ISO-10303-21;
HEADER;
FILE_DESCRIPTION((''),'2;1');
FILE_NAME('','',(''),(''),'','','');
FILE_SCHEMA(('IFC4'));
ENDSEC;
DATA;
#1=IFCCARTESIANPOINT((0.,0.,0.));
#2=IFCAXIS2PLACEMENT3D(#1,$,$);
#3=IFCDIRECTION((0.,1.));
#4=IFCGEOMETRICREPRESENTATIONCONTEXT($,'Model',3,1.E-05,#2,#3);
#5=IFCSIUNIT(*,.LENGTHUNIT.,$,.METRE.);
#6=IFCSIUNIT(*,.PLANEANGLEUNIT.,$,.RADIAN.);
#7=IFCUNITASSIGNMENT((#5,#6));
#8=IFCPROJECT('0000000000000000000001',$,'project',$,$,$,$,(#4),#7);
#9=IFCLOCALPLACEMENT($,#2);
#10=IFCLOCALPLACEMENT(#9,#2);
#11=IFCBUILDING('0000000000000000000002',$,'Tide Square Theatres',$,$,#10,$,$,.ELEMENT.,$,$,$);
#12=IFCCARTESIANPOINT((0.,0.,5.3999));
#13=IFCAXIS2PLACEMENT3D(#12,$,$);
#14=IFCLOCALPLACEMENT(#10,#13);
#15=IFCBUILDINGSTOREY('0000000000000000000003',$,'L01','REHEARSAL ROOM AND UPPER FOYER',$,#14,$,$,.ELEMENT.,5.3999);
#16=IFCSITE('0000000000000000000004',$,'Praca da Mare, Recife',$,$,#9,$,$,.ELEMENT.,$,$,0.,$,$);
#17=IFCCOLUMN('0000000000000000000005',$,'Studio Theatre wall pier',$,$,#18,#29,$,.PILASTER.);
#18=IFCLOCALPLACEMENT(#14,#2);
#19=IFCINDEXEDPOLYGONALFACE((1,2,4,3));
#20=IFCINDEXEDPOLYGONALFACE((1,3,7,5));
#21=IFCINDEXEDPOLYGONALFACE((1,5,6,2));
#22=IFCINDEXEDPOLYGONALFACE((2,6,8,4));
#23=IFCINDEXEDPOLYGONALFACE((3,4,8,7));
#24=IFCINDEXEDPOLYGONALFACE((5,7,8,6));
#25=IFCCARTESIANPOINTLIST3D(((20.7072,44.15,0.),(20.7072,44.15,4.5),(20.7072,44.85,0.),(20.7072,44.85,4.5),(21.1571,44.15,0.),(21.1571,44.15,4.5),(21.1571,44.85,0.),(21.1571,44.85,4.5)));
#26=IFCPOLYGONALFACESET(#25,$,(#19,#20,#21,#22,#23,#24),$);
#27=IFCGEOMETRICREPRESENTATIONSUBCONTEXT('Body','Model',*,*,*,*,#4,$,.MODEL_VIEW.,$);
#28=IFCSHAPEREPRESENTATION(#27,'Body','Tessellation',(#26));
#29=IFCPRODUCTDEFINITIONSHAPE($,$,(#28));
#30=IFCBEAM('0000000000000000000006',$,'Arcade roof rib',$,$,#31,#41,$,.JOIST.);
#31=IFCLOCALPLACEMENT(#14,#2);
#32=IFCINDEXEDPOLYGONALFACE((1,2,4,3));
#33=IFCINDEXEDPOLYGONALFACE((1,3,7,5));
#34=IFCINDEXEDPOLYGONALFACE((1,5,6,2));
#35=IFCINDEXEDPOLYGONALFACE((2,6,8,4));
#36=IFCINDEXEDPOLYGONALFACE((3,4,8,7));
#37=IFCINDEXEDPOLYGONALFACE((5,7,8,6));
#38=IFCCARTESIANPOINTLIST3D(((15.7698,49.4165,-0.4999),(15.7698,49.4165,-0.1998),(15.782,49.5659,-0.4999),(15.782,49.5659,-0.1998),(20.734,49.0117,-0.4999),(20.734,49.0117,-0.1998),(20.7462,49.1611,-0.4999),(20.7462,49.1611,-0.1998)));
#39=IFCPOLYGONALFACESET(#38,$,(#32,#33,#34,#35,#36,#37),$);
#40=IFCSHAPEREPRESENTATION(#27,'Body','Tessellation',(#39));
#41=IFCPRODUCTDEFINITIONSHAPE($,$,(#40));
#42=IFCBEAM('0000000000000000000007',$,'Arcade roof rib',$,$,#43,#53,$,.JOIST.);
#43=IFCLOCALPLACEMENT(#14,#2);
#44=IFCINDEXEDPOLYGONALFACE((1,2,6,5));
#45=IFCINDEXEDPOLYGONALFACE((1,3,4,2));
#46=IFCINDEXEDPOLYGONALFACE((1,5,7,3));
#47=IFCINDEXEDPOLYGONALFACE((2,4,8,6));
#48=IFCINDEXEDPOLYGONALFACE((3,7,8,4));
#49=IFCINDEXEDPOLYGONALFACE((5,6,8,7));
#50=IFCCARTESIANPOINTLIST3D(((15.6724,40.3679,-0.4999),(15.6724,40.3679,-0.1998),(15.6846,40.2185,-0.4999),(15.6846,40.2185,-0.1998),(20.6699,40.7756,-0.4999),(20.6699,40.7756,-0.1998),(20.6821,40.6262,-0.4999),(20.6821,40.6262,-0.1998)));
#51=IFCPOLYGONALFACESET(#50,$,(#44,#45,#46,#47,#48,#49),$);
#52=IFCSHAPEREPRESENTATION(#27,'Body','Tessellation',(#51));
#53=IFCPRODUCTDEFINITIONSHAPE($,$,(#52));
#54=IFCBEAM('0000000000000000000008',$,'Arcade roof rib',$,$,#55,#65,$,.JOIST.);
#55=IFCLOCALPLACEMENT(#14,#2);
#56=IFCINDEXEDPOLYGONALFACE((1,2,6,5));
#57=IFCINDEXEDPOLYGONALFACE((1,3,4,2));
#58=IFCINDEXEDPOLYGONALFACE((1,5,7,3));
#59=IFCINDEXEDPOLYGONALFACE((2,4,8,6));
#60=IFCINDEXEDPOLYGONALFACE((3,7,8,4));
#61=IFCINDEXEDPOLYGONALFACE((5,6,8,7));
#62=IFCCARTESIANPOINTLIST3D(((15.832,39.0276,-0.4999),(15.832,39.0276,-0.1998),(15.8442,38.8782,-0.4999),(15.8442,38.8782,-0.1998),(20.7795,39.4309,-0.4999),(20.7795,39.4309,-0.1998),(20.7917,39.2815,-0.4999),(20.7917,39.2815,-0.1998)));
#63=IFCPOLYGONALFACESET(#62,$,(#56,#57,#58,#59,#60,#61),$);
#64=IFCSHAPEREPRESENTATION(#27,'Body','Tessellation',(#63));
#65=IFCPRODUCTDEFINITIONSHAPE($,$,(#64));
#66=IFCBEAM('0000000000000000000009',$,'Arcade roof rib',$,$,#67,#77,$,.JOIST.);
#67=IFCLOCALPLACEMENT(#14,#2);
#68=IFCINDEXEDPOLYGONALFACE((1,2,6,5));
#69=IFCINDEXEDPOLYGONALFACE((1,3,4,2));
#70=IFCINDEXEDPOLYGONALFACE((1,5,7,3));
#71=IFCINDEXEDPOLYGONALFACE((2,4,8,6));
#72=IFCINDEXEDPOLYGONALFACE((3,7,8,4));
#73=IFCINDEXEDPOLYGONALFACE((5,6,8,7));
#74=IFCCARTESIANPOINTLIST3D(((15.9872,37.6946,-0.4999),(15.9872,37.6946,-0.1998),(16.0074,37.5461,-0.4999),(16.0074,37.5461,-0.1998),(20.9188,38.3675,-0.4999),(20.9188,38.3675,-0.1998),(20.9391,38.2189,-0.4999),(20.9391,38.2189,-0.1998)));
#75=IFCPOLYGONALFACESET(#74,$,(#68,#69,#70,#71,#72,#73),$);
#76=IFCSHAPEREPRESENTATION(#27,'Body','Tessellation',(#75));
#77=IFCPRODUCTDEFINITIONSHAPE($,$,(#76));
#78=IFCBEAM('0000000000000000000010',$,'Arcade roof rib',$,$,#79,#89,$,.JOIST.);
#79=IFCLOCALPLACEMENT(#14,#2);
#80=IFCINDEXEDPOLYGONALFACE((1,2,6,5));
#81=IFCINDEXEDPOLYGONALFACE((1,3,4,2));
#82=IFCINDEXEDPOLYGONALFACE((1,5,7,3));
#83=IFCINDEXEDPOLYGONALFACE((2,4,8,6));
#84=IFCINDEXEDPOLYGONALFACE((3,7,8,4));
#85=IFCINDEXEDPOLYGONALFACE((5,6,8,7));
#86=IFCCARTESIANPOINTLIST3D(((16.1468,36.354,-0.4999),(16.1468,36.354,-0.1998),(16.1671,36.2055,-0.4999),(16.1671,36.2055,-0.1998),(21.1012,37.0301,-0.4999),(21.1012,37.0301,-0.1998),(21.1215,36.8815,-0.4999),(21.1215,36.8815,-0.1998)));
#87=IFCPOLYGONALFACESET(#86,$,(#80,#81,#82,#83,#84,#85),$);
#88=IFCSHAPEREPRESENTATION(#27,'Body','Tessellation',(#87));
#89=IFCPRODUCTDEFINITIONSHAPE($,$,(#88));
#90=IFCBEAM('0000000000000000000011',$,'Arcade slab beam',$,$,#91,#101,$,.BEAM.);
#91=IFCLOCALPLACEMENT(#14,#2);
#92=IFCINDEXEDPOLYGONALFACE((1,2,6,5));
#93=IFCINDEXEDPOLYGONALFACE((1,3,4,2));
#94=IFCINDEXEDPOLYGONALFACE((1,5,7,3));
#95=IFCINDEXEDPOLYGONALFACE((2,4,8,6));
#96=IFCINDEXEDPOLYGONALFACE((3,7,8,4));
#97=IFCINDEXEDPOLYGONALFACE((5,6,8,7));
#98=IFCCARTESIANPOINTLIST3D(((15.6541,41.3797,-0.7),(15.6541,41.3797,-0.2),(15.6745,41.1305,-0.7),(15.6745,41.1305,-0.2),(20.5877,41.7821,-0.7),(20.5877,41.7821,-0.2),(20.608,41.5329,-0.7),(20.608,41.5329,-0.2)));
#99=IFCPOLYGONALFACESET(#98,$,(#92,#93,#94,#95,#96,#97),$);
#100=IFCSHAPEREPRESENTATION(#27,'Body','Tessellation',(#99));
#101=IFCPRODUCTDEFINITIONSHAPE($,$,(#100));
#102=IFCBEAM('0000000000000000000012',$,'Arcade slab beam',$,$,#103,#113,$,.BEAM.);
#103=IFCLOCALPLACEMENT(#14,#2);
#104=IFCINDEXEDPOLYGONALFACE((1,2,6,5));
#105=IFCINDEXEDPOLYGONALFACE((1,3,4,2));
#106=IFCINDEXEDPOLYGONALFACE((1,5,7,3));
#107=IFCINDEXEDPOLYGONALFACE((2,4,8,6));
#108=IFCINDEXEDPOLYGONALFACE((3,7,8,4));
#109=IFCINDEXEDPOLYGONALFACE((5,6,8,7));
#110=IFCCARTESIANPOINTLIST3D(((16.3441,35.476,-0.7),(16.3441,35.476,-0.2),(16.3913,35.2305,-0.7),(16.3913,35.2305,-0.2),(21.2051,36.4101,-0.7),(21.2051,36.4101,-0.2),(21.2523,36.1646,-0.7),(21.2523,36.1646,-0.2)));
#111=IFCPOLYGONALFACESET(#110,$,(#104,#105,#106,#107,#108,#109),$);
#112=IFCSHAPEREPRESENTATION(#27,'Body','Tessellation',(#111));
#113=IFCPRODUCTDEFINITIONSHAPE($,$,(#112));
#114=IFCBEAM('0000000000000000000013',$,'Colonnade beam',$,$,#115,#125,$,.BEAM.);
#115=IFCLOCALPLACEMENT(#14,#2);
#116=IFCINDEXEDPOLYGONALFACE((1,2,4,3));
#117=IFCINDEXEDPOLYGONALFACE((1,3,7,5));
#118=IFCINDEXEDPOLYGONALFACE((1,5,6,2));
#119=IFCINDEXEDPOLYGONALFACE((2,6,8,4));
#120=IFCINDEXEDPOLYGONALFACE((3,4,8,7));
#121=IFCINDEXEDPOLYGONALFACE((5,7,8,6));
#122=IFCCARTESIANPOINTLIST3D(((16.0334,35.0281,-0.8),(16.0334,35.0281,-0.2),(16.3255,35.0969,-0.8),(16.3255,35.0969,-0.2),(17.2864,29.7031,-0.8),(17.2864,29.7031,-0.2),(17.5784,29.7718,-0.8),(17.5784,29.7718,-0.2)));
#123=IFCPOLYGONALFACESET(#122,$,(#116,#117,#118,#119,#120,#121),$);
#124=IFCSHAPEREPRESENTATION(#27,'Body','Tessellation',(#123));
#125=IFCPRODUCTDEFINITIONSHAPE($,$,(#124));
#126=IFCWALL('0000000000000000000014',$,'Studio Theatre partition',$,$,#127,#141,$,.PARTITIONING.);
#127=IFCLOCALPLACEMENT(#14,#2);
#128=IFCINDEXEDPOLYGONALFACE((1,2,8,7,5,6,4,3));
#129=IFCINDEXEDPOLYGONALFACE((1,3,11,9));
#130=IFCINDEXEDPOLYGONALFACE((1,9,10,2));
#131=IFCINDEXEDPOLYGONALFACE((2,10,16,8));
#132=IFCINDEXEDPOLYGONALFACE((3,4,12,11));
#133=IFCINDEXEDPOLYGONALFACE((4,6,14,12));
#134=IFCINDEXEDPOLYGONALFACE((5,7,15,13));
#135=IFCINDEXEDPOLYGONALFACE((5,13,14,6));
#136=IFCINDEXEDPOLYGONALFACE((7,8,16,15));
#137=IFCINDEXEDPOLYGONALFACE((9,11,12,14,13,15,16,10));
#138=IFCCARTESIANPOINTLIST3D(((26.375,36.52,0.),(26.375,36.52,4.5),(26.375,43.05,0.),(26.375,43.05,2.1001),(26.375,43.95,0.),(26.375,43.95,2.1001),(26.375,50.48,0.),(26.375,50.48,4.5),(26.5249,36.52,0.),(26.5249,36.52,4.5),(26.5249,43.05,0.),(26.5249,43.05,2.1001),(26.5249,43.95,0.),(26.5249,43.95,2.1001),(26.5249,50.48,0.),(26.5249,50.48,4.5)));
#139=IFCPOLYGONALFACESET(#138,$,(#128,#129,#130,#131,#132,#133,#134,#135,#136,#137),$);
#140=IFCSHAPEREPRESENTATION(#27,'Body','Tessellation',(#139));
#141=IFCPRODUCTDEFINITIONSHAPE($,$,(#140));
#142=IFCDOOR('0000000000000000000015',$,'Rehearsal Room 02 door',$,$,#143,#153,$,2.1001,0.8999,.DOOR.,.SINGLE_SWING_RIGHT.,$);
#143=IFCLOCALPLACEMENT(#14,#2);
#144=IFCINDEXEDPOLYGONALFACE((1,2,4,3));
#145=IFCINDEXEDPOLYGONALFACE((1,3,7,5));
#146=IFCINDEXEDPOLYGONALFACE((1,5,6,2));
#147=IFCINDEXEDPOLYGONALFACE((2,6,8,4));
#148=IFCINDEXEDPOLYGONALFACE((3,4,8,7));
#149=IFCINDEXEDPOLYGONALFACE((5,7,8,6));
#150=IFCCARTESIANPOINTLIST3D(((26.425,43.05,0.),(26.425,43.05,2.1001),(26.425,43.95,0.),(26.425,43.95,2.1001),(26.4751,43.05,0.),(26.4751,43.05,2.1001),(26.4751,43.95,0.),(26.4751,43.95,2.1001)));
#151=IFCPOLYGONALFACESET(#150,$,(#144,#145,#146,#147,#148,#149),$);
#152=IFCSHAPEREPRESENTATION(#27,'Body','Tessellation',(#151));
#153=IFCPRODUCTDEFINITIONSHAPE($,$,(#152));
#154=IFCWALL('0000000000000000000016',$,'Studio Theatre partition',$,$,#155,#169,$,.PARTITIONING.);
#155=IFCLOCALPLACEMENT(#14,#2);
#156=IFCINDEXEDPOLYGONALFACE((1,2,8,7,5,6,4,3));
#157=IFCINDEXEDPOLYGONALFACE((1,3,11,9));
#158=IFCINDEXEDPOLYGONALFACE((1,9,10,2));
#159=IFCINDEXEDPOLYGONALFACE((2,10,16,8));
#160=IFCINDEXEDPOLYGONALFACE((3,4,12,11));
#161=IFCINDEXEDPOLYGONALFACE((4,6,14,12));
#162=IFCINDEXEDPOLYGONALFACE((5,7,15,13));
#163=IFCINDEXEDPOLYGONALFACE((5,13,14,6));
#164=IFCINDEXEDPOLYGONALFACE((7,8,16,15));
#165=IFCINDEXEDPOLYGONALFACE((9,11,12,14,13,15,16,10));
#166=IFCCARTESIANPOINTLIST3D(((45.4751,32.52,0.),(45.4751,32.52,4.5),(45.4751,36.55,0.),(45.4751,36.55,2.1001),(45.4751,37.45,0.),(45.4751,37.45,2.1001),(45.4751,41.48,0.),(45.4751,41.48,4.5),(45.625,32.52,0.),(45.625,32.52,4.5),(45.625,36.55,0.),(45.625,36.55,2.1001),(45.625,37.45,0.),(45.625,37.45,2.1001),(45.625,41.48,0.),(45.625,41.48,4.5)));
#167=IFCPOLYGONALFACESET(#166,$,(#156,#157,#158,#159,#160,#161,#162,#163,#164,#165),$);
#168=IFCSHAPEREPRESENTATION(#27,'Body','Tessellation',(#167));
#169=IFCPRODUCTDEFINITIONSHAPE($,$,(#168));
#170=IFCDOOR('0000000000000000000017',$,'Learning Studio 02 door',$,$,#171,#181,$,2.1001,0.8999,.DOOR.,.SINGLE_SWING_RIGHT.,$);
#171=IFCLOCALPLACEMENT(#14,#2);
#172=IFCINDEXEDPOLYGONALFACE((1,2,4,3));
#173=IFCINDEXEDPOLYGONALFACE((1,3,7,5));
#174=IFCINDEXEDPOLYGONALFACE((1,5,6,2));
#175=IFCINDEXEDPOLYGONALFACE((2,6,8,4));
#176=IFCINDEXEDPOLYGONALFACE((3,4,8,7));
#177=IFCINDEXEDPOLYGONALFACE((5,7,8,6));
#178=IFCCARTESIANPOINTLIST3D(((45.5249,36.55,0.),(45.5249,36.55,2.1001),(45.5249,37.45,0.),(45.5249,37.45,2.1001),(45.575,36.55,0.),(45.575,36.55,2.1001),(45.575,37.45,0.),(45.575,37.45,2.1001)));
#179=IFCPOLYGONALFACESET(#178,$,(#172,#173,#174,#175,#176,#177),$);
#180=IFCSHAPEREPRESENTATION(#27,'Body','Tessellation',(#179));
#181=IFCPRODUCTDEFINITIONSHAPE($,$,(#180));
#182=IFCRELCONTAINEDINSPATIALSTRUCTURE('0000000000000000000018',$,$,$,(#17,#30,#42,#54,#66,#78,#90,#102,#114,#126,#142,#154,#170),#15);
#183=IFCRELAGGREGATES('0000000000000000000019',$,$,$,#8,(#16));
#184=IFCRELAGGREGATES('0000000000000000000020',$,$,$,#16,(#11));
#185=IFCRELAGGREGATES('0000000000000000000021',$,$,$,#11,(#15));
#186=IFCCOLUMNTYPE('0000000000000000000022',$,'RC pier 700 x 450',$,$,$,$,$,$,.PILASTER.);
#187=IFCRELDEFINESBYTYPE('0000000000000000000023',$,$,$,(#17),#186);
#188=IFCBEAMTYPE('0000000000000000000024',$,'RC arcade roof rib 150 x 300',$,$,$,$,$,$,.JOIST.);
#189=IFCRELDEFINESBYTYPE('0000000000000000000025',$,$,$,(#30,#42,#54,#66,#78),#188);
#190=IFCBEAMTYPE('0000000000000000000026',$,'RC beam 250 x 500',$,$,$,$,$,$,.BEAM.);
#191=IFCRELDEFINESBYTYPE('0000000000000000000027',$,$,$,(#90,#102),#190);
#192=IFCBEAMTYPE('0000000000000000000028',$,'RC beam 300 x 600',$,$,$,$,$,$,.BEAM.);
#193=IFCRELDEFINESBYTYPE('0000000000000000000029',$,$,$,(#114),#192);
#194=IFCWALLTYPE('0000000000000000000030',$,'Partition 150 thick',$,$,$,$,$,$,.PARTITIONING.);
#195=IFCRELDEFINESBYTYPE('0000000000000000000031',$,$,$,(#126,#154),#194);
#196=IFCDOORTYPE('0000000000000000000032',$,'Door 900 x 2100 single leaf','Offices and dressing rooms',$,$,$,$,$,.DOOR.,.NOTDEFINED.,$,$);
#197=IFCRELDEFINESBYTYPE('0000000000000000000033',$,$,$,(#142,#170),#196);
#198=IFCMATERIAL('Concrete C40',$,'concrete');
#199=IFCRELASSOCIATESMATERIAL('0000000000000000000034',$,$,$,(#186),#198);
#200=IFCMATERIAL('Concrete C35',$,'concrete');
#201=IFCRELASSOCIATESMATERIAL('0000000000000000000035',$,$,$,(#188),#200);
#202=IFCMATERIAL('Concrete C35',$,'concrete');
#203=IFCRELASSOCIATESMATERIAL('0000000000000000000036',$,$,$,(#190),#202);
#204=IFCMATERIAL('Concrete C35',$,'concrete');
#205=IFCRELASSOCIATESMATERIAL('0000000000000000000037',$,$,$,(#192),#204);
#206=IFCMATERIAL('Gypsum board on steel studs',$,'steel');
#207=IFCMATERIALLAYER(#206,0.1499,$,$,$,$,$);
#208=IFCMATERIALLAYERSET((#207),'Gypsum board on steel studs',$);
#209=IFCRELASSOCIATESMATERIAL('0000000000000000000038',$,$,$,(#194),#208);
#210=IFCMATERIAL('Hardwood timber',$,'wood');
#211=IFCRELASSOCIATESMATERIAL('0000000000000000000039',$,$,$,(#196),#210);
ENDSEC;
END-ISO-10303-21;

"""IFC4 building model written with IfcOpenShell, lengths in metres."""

from ifc_helpers import new_model, si_unit, direction, frame, frame_2d, origin, origin_2d, place, context, subcontext, project, spatial, rectangle, extrude, material, layer, layer_set, material_profile, profile_set, type_object, element, fill, save


model = new_model("IFC4")

# Units and contexts
model_context = context("Model", 3, precision=1e-05, world=origin(), true_north=direction((0.0, 1.0)))
body_context = subcontext(model_context, "Body", "Model", "MODEL_VIEW")
ifc_project = project(units=[si_unit("LENGTHUNIT", "METRE"), si_unit("PLANEANGLEUNIT", "RADIAN")], contexts=[model_context])

# Site, building, storey
site_placement = place(None, origin())
site = spatial("IfcSite", under=ifc_project, at=site_placement, Name="Praca da Mare, Recife", CompositionType="ELEMENT", RefElevation=0.0)
building_placement = place(site_placement, origin())
building = spatial("IfcBuilding", under=site, at=building_placement, Name="Tide Square Theatres", CompositionType="ELEMENT")
storey_placement = place(building_placement, frame((0.0, 0.0, 5.3999)))
storey = spatial("IfcBuildingStorey", under=building, at=storey_placement, Name="L01", Description="REHEARSAL ROOM AND UPPER FOYER", CompositionType="ELEMENT", Elevation=5.3999)

# Column
ifc_material_1 = material(Name="Concrete C40", Category="concrete")
ifc_material_profile_1 = material_profile(ifc_material_1, rectangle(XDim=0.7, YDim=0.45, at=origin_2d()))
ifc_profile_set_1 = profile_set([ifc_material_profile_1], Name="Concrete C40")
column_type = type_object("IfcColumnType", Name="RC pier 700 x 450", PredefinedType="PILASTER", material=ifc_profile_set_1)
column_placement = place(storey_placement, frame((20.9321, 44.5, 0.0), z_axis=(0.0, 0.0, 1.0), x_axis=(0.0, -1.0, 0.0)))
element("IfcColumn", 1, at=column_placement, inside=storey, type_object=column_type, Name="Studio Theatre wall pier", PredefinedType="PILASTER", context=body_context, shape_type="SweptSolid", body=[
    extrude(rectangle(XDim=0.7, YDim=0.45, at=origin_2d()), origin(), (0.0, 0.0, 1.0), 4.5),
])

# Beams
ifc_material_2 = material(Name="Concrete C35", Category="concrete")
ifc_material_profile_2 = material_profile(ifc_material_2, rectangle(XDim=0.1499, YDim=0.3, at=origin_2d()))
ifc_profile_set_2 = profile_set([ifc_material_profile_2], Name="Concrete C35")
beam_type_1 = type_object("IfcBeamType", Name="RC arcade roof rib 150 x 300", PredefinedType="JOIST", material=ifc_profile_set_2)
beam_1_placement = place(storey_placement, frame((15.7759, 49.4912, -0.3499), z_axis=(0.996692, -0.081269, 0.0), x_axis=(0.081269, 0.996692, 0.0)))
element("IfcBeam", 2, at=beam_1_placement, inside=storey, type_object=beam_type_1, Name="Arcade roof rib", PredefinedType="JOIST", context=body_context, shape_type="SweptSolid", body=[
    extrude(rectangle(XDim=0.1499, YDim=0.3, at=origin_2d()), origin(), (0.0, 0.0, 1.0), 4.9807),
])
beam_2_placement = place(storey_placement, frame((15.6785, 40.2932, -0.3499), z_axis=(0.996689, 0.081313, 0.0), x_axis=(-0.081313, 0.996689, 0.0)))
element("IfcBeam", 3, at=beam_2_placement, inside=storey, type_object=beam_type_1, Name="Arcade roof rib", PredefinedType="JOIST", context=body_context, shape_type="SweptSolid", body=[
    extrude(rectangle(XDim=0.1499, YDim=0.3, at=origin_2d()), origin(), (0.0, 0.0, 1.0), 5.0142),
])
beam_3_placement = place(storey_placement, frame((15.8381, 38.9529, -0.3499), z_axis=(0.996694, 0.08125, 0.0), x_axis=(-0.08125, 0.996694, 0.0)))
element("IfcBeam", 4, at=beam_3_placement, inside=storey, type_object=beam_type_1, Name="Arcade roof rib", PredefinedType="JOIST", context=body_context, shape_type="SweptSolid", body=[
    extrude(rectangle(XDim=0.1499, YDim=0.3, at=origin_2d()), origin(), (0.0, 0.0, 1.0), 4.9639),
])
beam_4_placement = place(storey_placement, frame((15.9973, 37.6204, -0.3499), z_axis=(0.990821, 0.135183, 0.0), x_axis=(-0.135183, 0.990821, 0.0)))
element("IfcBeam", 5, at=beam_4_placement, inside=storey, type_object=beam_type_1, Name="Arcade roof rib", PredefinedType="JOIST", context=body_context, shape_type="SweptSolid", body=[
    extrude(rectangle(XDim=0.1499, YDim=0.3, at=origin_2d()), origin(), (0.0, 0.0, 1.0), 4.9773),
])
beam_5_placement = place(storey_placement, frame((16.157, 36.2798, -0.3499), z_axis=(0.990819, 0.135198, 0.0), x_axis=(-0.135198, 0.990819, 0.0)))
element("IfcBeam", 6, at=beam_5_placement, inside=storey, type_object=beam_type_1, Name="Arcade roof rib", PredefinedType="JOIST", context=body_context, shape_type="SweptSolid", body=[
    extrude(rectangle(XDim=0.1499, YDim=0.3, at=origin_2d()), origin(), (0.0, 0.0, 1.0), 5.0002),
])
ifc_material_3 = material(Name="Concrete C35", Category="concrete")
ifc_material_profile_3 = material_profile(ifc_material_3, rectangle(XDim=0.25, YDim=0.5, at=origin_2d()))
ifc_profile_set_3 = profile_set([ifc_material_profile_3], Name="Concrete C35")
beam_type_2 = type_object("IfcBeamType", Name="RC beam 250 x 500", PredefinedType="BEAM", material=ifc_profile_set_3)
for number, where, z_axis, x_axis, name in (
    (7, (15.6643, 41.2551, -0.45), (0.996691, 0.081282, 0.0), (-0.081282, 0.996691, 0.0), "Arcade slab beam"),
    (8, (16.3677, 35.3533, -0.45), (0.982034, 0.188703, 0.0), (-0.188703, 0.982034, 0.0), "Arcade slab beam"),
):
    element("IfcBeam", number, at=place(storey_placement, frame(where, z_axis=z_axis, x_axis=x_axis)), inside=storey, type_object=beam_type_2, Name=name, PredefinedType="BEAM", context=body_context, shape_type="SweptSolid", body=[
        extrude(rectangle(XDim=0.25, YDim=0.5, at=origin_2d()), origin(), (0.0, 0.0, 1.0), 4.95),
    ])
ifc_material_4 = material(Name="Concrete C35", Category="concrete")
ifc_material_profile_4 = material_profile(ifc_material_4, rectangle(XDim=0.3, YDim=0.6001, at=origin_2d()))
ifc_profile_set_4 = profile_set([ifc_material_profile_4], Name="Concrete C35")
beam_type_3 = type_object("IfcBeamType", Name="RC beam 300 x 600", PredefinedType="BEAM", material=ifc_profile_set_4)
beam_6_placement = place(storey_placement, frame((16.1794, 35.0625, -0.5), z_axis=(0.229039, -0.973417, 0.0), x_axis=(0.973417, 0.229039, 0.0)))
element("IfcBeam", 9, at=beam_6_placement, inside=storey, type_object=beam_type_3, Name="Colonnade beam", PredefinedType="BEAM", context=body_context, shape_type="SweptSolid", body=[
    extrude(rectangle(XDim=0.3, YDim=0.6001, at=origin_2d()), origin(), (0.0, 0.0, 1.0), 5.4705),
])

# Walls, openings, doors
ifc_material_5 = material(Name="Gypsum board on steel studs", Category="steel")
ifc_layer_1 = layer(ifc_material_5, 0.1499)
ifc_layer_set_1 = layer_set([ifc_layer_1], Name="Gypsum board on steel studs")
wall_type_1 = type_object("IfcWallType", Name="Partition 150 thick", PredefinedType="PARTITIONING", material=ifc_layer_set_1)
wall_1_placement = place(storey_placement, frame((26.45, 36.52, 0.0), z_axis=(0.0, 0.0, 1.0), x_axis=(0.0, 1.0, 0.0)))
wall_1 = element("IfcWall", 10, at=wall_1_placement, inside=storey, type_object=wall_type_1, Name="Studio Theatre partition", PredefinedType="PARTITIONING", context=body_context, shape_type="SweptSolid", body=[
    extrude(rectangle(XDim=13.96, YDim=0.1499, at=frame_2d((6.98, 0.0))), origin(), (0.0, 0.0, 1.0), 4.5),
])
opening_1_placement = place(wall_1_placement, frame((6.53, 0.0, 0.0)))
opening_1 = element("IfcOpeningElement", 11, at=opening_1_placement, cuts=wall_1, PredefinedType="OPENING", context=body_context, shape_type="SweptSolid", body=[
    extrude(rectangle(XDim=0.8999, YDim=2.1001, at=frame_2d((0.45, 1.05))), frame((0.0, 0.085, 0.0), z_axis=(0.0, -1.0, 0.0), x_axis=(1.0, 0.0, 0.0)), (0.0, 0.0, 1.0), 0.1699),
])
ifc_material_6 = material(Name="Hardwood timber", Category="wood")
door_type = type_object("IfcDoorType", Name="Door 900 x 2100 single leaf", Description="Offices and dressing rooms", OperationType="NOTDEFINED", PredefinedType="DOOR", material=ifc_material_6)
door_1_placement = place(opening_1_placement, origin())
door_1 = element("IfcDoor", 12, at=door_1_placement, inside=storey, type_object=door_type, Name="Rehearsal Room 02 door", OperationType="SINGLE_SWING_RIGHT", OverallHeight=2.1001, OverallWidth=0.8999, PredefinedType="DOOR", context=body_context, shape_type="SweptSolid", body=[
    extrude(rectangle(XDim=0.8999, YDim=2.1001, at=frame_2d((0.45, 1.05))), frame((0.0, 0.0249, 0.0), z_axis=(0.0, -1.0, 0.0), x_axis=(1.0, 0.0, 0.0)), (0.0, 0.0, 1.0), 0.05),
])
fill(opening_1, door_1)
wall_2_placement = place(storey_placement, frame((45.55, 41.48, 0.0), z_axis=(0.0, 0.0, 1.0), x_axis=(0.0, -1.0, 0.0)))
wall_2 = element("IfcWall", 13, at=wall_2_placement, inside=storey, type_object=wall_type_1, Name="Studio Theatre partition", PredefinedType="PARTITIONING", context=body_context, shape_type="SweptSolid", body=[
    extrude(rectangle(XDim=8.96, YDim=0.1499, at=frame_2d((4.48, 0.0))), origin(), (0.0, 0.0, 1.0), 4.5),
])
opening_2_placement = place(wall_2_placement, frame((4.03, 0.0, 0.0)))
opening_2 = element("IfcOpeningElement", 14, at=opening_2_placement, cuts=wall_2, PredefinedType="OPENING", context=body_context, shape_type="SweptSolid", body=[
    extrude(rectangle(XDim=0.8999, YDim=2.1001, at=frame_2d((0.45, 1.05))), frame((0.0, 0.085, 0.0), z_axis=(0.0, -1.0, 0.0), x_axis=(1.0, 0.0, 0.0)), (0.0, 0.0, 1.0), 0.1699),
])
door_2_placement = place(opening_2_placement, origin())
door_2 = element("IfcDoor", 15, at=door_2_placement, inside=storey, type_object=door_type, Name="Learning Studio 02 door", OperationType="SINGLE_SWING_RIGHT", OverallHeight=2.1001, OverallWidth=0.8999, PredefinedType="DOOR", context=body_context, shape_type="SweptSolid", body=[
    extrude(rectangle(XDim=0.8999, YDim=2.1001, at=frame_2d((0.45, 1.05))), frame((0.0, 0.0249, 0.0), z_axis=(0.0, -1.0, 0.0), x_axis=(1.0, 0.0, 0.0)), (0.0, 0.0, 1.0), 0.05),
])
fill(opening_2, door_2)

save(model, "model.ifc")
